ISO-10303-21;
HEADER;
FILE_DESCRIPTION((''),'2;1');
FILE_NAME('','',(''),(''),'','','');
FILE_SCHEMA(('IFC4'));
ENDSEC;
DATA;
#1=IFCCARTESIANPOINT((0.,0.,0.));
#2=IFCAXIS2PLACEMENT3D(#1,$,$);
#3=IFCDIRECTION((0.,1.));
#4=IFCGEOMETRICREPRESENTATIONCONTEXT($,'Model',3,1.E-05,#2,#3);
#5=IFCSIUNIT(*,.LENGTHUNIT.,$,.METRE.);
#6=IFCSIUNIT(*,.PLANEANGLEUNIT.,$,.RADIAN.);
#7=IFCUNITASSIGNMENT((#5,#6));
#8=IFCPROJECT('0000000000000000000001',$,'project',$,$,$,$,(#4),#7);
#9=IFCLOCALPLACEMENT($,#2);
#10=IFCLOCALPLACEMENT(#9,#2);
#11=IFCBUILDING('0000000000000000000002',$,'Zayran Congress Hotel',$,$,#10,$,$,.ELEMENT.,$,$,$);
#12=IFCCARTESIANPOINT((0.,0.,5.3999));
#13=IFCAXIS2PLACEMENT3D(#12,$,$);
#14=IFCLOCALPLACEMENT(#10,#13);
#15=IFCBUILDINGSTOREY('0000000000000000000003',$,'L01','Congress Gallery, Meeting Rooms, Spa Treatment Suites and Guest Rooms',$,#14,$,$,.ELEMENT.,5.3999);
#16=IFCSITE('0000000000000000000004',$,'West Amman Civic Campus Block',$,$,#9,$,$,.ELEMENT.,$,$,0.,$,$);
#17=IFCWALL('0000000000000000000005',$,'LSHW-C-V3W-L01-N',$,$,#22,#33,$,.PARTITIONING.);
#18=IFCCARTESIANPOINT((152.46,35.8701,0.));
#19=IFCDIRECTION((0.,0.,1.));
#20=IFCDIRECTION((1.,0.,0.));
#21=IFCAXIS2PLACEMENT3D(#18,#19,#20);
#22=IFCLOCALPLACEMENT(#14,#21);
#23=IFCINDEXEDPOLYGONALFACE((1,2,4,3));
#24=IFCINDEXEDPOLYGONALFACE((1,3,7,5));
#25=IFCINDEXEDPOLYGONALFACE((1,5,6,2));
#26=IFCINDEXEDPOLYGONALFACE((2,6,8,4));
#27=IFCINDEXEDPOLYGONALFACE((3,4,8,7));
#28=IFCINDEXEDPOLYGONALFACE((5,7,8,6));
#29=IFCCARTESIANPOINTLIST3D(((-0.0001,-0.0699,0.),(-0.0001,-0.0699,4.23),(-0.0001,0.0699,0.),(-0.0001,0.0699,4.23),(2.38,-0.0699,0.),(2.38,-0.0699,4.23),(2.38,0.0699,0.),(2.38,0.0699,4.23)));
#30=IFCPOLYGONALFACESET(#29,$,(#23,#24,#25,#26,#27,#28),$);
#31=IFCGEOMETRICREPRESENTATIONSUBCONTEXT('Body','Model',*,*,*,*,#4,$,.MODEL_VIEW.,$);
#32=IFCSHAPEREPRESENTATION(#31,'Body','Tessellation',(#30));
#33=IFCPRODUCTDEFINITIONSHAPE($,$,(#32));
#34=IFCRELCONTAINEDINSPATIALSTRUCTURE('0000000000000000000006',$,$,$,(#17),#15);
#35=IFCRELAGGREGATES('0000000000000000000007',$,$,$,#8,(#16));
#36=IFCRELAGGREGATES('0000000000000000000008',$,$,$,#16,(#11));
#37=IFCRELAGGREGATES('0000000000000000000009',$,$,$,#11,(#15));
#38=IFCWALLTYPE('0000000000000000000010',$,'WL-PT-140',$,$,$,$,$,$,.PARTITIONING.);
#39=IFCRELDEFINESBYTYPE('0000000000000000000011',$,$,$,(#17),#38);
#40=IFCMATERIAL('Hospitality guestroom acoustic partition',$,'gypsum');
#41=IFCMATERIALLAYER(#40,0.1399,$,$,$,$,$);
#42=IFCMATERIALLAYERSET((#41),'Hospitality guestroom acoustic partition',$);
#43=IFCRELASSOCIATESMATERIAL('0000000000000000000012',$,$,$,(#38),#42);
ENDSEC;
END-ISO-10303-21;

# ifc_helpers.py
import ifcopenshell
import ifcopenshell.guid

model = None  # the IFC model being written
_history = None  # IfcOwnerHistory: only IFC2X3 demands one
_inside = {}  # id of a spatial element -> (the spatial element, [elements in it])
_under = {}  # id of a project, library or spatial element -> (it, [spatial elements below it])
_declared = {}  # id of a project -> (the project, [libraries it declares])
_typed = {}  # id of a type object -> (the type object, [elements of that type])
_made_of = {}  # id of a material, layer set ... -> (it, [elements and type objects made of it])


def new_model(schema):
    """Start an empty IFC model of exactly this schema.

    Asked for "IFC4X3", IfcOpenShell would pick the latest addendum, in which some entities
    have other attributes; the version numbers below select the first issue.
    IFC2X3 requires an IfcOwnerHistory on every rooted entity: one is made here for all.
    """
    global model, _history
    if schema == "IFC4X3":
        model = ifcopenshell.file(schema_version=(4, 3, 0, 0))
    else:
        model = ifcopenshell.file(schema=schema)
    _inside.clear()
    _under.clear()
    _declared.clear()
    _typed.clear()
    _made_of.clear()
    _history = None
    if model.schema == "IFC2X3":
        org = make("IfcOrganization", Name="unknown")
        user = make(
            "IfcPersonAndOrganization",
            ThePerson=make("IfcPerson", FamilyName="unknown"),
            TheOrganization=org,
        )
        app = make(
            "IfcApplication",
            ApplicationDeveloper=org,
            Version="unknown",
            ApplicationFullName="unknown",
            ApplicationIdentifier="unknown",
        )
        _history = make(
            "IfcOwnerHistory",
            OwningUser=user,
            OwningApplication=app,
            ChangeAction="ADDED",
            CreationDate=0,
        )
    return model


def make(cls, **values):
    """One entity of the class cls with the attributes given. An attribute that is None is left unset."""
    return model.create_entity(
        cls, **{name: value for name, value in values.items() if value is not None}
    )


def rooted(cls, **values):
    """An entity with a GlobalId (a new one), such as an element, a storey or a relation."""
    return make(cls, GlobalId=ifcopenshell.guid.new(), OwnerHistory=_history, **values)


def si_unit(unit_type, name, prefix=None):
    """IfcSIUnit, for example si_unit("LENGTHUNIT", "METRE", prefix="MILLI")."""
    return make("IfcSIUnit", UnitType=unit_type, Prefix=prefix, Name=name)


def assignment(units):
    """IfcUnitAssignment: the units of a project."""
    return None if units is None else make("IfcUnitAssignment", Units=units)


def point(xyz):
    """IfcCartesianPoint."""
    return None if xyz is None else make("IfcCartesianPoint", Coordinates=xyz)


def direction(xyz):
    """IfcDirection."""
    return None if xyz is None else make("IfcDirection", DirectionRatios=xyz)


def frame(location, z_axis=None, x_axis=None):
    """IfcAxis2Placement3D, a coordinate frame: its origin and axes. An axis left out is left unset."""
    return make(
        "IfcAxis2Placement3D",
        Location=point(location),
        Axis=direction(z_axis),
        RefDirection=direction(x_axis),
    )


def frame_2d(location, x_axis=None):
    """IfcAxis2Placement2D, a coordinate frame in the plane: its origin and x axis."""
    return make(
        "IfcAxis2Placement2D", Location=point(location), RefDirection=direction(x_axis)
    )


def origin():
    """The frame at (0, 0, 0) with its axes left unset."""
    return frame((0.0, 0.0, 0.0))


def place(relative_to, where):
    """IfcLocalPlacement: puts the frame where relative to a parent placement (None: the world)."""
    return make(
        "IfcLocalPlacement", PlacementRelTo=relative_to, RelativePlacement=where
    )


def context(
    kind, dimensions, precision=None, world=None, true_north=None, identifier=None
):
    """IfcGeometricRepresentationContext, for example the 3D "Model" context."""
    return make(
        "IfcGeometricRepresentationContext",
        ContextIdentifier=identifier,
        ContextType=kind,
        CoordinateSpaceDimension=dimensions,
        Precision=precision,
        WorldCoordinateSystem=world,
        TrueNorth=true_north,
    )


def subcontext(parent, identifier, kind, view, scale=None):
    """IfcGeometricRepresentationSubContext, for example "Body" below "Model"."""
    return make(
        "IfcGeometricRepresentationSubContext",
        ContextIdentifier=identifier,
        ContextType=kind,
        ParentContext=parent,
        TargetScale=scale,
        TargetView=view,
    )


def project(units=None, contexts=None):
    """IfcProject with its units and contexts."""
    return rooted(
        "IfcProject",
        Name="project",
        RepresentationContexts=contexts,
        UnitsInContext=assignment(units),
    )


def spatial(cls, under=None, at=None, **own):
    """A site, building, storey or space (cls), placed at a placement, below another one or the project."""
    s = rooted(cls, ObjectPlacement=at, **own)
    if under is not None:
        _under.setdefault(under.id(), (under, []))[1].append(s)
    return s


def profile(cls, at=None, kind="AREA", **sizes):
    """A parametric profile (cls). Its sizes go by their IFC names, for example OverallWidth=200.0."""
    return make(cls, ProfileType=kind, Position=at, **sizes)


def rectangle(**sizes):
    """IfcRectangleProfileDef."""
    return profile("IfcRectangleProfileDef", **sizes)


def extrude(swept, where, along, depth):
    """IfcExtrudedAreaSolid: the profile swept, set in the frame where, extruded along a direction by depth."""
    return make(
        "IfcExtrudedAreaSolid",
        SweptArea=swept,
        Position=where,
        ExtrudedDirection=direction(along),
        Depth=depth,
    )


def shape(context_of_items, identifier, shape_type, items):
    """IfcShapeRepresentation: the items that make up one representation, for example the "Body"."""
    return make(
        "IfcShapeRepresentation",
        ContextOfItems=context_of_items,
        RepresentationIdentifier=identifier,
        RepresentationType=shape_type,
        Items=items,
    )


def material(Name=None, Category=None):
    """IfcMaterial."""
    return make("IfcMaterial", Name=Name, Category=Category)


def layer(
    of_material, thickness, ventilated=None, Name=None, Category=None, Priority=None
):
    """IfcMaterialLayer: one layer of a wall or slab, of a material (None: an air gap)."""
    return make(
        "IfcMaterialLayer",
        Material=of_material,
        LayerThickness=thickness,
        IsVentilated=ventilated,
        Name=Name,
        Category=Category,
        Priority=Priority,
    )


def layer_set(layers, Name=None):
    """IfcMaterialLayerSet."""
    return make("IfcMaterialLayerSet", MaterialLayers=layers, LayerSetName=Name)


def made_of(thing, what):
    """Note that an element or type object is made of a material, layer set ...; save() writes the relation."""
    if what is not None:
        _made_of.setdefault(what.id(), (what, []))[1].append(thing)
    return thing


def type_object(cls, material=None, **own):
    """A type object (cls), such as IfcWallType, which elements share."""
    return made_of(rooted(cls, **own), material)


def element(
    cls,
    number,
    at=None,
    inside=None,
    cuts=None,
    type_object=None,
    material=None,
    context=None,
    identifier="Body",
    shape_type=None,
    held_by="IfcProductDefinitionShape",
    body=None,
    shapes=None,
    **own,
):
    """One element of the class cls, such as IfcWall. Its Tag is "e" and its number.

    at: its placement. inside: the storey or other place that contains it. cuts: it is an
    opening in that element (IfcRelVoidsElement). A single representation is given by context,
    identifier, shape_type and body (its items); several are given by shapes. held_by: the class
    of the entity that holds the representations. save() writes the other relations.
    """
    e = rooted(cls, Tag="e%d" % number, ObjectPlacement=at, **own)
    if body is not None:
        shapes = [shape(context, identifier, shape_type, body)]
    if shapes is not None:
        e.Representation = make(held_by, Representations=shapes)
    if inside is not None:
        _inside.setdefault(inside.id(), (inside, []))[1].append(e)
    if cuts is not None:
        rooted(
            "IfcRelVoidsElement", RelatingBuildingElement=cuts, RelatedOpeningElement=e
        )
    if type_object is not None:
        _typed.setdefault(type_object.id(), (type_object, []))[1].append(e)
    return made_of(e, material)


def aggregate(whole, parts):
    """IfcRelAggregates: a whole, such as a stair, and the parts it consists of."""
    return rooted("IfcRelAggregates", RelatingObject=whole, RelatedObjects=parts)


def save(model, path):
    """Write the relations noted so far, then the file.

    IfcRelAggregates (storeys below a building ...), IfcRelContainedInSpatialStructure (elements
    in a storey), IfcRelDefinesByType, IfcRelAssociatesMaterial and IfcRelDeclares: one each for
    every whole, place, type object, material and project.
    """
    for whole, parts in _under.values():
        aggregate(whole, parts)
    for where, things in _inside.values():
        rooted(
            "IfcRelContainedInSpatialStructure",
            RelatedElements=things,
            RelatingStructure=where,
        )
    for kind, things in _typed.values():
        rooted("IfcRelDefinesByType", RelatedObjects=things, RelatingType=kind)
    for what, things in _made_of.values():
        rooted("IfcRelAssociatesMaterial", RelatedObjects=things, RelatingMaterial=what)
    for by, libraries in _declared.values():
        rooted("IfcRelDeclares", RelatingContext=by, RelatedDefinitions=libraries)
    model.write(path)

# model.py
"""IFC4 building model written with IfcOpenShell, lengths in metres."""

from ifc_helpers import new_model, si_unit, direction, frame, frame_2d, origin, place, context, subcontext, project, spatial, rectangle, extrude, material, layer, layer_set, type_object, element, save


model = new_model("IFC4")

# Units and contexts
model_context = context("Model", 3, precision=1e-05, world=origin(), true_north=direction((0.0, 1.0)))
body_context = subcontext(model_context, "Body", "Model", "MODEL_VIEW")
ifc_project = project(units=[si_unit("LENGTHUNIT", "METRE"), si_unit("PLANEANGLEUNIT", "RADIAN")], contexts=[model_context])

# Site, building, storey
site_placement = place(None, origin())
site = spatial("IfcSite", under=ifc_project, at=site_placement, Name="West Amman Civic Campus Block", CompositionType="ELEMENT", RefElevation=0.0)
building_placement = place(site_placement, origin())
building = spatial("IfcBuilding", under=site, at=building_placement, Name="Zayran Congress Hotel", CompositionType="ELEMENT")
storey_placement = place(building_placement, frame((0.0, 0.0, 5.3999)))
storey = spatial("IfcBuildingStorey", under=building, at=storey_placement, Name="L01", Description="Congress Gallery, Meeting Rooms, Spa Treatment Suites and Guest Rooms", CompositionType="ELEMENT", Elevation=5.3999)

# Wall
ifc_material_1 = material(Name="Hospitality guestroom acoustic partition", Category="gypsum")
ifc_layer_1 = layer(ifc_material_1, 0.1399)
ifc_layer_set_1 = layer_set([ifc_layer_1], Name="Hospitality guestroom acoustic partition")
wall_type_1 = type_object("IfcWallType", Name="WL-PT-140", PredefinedType="PARTITIONING", material=ifc_layer_set_1)
wall_1_placement = place(storey_placement, frame((152.46, 35.8701, 0.0), z_axis=(0.0, 0.0, 1.0), x_axis=(1.0, 0.0, 0.0)))
element("IfcWall", 1, at=wall_1_placement, inside=storey, type_object=wall_type_1, Name="LSHW-C-V3W-L01-N", PredefinedType="PARTITIONING", context=body_context, shape_type="SweptSolid", body=[
    extrude(rectangle(XDim=2.3801, YDim=0.1399, at=frame_2d((1.1899, 0.0))), origin(), (0.0, 0.0, 1.0), 4.23),
])

save(model, "model.ifc")
